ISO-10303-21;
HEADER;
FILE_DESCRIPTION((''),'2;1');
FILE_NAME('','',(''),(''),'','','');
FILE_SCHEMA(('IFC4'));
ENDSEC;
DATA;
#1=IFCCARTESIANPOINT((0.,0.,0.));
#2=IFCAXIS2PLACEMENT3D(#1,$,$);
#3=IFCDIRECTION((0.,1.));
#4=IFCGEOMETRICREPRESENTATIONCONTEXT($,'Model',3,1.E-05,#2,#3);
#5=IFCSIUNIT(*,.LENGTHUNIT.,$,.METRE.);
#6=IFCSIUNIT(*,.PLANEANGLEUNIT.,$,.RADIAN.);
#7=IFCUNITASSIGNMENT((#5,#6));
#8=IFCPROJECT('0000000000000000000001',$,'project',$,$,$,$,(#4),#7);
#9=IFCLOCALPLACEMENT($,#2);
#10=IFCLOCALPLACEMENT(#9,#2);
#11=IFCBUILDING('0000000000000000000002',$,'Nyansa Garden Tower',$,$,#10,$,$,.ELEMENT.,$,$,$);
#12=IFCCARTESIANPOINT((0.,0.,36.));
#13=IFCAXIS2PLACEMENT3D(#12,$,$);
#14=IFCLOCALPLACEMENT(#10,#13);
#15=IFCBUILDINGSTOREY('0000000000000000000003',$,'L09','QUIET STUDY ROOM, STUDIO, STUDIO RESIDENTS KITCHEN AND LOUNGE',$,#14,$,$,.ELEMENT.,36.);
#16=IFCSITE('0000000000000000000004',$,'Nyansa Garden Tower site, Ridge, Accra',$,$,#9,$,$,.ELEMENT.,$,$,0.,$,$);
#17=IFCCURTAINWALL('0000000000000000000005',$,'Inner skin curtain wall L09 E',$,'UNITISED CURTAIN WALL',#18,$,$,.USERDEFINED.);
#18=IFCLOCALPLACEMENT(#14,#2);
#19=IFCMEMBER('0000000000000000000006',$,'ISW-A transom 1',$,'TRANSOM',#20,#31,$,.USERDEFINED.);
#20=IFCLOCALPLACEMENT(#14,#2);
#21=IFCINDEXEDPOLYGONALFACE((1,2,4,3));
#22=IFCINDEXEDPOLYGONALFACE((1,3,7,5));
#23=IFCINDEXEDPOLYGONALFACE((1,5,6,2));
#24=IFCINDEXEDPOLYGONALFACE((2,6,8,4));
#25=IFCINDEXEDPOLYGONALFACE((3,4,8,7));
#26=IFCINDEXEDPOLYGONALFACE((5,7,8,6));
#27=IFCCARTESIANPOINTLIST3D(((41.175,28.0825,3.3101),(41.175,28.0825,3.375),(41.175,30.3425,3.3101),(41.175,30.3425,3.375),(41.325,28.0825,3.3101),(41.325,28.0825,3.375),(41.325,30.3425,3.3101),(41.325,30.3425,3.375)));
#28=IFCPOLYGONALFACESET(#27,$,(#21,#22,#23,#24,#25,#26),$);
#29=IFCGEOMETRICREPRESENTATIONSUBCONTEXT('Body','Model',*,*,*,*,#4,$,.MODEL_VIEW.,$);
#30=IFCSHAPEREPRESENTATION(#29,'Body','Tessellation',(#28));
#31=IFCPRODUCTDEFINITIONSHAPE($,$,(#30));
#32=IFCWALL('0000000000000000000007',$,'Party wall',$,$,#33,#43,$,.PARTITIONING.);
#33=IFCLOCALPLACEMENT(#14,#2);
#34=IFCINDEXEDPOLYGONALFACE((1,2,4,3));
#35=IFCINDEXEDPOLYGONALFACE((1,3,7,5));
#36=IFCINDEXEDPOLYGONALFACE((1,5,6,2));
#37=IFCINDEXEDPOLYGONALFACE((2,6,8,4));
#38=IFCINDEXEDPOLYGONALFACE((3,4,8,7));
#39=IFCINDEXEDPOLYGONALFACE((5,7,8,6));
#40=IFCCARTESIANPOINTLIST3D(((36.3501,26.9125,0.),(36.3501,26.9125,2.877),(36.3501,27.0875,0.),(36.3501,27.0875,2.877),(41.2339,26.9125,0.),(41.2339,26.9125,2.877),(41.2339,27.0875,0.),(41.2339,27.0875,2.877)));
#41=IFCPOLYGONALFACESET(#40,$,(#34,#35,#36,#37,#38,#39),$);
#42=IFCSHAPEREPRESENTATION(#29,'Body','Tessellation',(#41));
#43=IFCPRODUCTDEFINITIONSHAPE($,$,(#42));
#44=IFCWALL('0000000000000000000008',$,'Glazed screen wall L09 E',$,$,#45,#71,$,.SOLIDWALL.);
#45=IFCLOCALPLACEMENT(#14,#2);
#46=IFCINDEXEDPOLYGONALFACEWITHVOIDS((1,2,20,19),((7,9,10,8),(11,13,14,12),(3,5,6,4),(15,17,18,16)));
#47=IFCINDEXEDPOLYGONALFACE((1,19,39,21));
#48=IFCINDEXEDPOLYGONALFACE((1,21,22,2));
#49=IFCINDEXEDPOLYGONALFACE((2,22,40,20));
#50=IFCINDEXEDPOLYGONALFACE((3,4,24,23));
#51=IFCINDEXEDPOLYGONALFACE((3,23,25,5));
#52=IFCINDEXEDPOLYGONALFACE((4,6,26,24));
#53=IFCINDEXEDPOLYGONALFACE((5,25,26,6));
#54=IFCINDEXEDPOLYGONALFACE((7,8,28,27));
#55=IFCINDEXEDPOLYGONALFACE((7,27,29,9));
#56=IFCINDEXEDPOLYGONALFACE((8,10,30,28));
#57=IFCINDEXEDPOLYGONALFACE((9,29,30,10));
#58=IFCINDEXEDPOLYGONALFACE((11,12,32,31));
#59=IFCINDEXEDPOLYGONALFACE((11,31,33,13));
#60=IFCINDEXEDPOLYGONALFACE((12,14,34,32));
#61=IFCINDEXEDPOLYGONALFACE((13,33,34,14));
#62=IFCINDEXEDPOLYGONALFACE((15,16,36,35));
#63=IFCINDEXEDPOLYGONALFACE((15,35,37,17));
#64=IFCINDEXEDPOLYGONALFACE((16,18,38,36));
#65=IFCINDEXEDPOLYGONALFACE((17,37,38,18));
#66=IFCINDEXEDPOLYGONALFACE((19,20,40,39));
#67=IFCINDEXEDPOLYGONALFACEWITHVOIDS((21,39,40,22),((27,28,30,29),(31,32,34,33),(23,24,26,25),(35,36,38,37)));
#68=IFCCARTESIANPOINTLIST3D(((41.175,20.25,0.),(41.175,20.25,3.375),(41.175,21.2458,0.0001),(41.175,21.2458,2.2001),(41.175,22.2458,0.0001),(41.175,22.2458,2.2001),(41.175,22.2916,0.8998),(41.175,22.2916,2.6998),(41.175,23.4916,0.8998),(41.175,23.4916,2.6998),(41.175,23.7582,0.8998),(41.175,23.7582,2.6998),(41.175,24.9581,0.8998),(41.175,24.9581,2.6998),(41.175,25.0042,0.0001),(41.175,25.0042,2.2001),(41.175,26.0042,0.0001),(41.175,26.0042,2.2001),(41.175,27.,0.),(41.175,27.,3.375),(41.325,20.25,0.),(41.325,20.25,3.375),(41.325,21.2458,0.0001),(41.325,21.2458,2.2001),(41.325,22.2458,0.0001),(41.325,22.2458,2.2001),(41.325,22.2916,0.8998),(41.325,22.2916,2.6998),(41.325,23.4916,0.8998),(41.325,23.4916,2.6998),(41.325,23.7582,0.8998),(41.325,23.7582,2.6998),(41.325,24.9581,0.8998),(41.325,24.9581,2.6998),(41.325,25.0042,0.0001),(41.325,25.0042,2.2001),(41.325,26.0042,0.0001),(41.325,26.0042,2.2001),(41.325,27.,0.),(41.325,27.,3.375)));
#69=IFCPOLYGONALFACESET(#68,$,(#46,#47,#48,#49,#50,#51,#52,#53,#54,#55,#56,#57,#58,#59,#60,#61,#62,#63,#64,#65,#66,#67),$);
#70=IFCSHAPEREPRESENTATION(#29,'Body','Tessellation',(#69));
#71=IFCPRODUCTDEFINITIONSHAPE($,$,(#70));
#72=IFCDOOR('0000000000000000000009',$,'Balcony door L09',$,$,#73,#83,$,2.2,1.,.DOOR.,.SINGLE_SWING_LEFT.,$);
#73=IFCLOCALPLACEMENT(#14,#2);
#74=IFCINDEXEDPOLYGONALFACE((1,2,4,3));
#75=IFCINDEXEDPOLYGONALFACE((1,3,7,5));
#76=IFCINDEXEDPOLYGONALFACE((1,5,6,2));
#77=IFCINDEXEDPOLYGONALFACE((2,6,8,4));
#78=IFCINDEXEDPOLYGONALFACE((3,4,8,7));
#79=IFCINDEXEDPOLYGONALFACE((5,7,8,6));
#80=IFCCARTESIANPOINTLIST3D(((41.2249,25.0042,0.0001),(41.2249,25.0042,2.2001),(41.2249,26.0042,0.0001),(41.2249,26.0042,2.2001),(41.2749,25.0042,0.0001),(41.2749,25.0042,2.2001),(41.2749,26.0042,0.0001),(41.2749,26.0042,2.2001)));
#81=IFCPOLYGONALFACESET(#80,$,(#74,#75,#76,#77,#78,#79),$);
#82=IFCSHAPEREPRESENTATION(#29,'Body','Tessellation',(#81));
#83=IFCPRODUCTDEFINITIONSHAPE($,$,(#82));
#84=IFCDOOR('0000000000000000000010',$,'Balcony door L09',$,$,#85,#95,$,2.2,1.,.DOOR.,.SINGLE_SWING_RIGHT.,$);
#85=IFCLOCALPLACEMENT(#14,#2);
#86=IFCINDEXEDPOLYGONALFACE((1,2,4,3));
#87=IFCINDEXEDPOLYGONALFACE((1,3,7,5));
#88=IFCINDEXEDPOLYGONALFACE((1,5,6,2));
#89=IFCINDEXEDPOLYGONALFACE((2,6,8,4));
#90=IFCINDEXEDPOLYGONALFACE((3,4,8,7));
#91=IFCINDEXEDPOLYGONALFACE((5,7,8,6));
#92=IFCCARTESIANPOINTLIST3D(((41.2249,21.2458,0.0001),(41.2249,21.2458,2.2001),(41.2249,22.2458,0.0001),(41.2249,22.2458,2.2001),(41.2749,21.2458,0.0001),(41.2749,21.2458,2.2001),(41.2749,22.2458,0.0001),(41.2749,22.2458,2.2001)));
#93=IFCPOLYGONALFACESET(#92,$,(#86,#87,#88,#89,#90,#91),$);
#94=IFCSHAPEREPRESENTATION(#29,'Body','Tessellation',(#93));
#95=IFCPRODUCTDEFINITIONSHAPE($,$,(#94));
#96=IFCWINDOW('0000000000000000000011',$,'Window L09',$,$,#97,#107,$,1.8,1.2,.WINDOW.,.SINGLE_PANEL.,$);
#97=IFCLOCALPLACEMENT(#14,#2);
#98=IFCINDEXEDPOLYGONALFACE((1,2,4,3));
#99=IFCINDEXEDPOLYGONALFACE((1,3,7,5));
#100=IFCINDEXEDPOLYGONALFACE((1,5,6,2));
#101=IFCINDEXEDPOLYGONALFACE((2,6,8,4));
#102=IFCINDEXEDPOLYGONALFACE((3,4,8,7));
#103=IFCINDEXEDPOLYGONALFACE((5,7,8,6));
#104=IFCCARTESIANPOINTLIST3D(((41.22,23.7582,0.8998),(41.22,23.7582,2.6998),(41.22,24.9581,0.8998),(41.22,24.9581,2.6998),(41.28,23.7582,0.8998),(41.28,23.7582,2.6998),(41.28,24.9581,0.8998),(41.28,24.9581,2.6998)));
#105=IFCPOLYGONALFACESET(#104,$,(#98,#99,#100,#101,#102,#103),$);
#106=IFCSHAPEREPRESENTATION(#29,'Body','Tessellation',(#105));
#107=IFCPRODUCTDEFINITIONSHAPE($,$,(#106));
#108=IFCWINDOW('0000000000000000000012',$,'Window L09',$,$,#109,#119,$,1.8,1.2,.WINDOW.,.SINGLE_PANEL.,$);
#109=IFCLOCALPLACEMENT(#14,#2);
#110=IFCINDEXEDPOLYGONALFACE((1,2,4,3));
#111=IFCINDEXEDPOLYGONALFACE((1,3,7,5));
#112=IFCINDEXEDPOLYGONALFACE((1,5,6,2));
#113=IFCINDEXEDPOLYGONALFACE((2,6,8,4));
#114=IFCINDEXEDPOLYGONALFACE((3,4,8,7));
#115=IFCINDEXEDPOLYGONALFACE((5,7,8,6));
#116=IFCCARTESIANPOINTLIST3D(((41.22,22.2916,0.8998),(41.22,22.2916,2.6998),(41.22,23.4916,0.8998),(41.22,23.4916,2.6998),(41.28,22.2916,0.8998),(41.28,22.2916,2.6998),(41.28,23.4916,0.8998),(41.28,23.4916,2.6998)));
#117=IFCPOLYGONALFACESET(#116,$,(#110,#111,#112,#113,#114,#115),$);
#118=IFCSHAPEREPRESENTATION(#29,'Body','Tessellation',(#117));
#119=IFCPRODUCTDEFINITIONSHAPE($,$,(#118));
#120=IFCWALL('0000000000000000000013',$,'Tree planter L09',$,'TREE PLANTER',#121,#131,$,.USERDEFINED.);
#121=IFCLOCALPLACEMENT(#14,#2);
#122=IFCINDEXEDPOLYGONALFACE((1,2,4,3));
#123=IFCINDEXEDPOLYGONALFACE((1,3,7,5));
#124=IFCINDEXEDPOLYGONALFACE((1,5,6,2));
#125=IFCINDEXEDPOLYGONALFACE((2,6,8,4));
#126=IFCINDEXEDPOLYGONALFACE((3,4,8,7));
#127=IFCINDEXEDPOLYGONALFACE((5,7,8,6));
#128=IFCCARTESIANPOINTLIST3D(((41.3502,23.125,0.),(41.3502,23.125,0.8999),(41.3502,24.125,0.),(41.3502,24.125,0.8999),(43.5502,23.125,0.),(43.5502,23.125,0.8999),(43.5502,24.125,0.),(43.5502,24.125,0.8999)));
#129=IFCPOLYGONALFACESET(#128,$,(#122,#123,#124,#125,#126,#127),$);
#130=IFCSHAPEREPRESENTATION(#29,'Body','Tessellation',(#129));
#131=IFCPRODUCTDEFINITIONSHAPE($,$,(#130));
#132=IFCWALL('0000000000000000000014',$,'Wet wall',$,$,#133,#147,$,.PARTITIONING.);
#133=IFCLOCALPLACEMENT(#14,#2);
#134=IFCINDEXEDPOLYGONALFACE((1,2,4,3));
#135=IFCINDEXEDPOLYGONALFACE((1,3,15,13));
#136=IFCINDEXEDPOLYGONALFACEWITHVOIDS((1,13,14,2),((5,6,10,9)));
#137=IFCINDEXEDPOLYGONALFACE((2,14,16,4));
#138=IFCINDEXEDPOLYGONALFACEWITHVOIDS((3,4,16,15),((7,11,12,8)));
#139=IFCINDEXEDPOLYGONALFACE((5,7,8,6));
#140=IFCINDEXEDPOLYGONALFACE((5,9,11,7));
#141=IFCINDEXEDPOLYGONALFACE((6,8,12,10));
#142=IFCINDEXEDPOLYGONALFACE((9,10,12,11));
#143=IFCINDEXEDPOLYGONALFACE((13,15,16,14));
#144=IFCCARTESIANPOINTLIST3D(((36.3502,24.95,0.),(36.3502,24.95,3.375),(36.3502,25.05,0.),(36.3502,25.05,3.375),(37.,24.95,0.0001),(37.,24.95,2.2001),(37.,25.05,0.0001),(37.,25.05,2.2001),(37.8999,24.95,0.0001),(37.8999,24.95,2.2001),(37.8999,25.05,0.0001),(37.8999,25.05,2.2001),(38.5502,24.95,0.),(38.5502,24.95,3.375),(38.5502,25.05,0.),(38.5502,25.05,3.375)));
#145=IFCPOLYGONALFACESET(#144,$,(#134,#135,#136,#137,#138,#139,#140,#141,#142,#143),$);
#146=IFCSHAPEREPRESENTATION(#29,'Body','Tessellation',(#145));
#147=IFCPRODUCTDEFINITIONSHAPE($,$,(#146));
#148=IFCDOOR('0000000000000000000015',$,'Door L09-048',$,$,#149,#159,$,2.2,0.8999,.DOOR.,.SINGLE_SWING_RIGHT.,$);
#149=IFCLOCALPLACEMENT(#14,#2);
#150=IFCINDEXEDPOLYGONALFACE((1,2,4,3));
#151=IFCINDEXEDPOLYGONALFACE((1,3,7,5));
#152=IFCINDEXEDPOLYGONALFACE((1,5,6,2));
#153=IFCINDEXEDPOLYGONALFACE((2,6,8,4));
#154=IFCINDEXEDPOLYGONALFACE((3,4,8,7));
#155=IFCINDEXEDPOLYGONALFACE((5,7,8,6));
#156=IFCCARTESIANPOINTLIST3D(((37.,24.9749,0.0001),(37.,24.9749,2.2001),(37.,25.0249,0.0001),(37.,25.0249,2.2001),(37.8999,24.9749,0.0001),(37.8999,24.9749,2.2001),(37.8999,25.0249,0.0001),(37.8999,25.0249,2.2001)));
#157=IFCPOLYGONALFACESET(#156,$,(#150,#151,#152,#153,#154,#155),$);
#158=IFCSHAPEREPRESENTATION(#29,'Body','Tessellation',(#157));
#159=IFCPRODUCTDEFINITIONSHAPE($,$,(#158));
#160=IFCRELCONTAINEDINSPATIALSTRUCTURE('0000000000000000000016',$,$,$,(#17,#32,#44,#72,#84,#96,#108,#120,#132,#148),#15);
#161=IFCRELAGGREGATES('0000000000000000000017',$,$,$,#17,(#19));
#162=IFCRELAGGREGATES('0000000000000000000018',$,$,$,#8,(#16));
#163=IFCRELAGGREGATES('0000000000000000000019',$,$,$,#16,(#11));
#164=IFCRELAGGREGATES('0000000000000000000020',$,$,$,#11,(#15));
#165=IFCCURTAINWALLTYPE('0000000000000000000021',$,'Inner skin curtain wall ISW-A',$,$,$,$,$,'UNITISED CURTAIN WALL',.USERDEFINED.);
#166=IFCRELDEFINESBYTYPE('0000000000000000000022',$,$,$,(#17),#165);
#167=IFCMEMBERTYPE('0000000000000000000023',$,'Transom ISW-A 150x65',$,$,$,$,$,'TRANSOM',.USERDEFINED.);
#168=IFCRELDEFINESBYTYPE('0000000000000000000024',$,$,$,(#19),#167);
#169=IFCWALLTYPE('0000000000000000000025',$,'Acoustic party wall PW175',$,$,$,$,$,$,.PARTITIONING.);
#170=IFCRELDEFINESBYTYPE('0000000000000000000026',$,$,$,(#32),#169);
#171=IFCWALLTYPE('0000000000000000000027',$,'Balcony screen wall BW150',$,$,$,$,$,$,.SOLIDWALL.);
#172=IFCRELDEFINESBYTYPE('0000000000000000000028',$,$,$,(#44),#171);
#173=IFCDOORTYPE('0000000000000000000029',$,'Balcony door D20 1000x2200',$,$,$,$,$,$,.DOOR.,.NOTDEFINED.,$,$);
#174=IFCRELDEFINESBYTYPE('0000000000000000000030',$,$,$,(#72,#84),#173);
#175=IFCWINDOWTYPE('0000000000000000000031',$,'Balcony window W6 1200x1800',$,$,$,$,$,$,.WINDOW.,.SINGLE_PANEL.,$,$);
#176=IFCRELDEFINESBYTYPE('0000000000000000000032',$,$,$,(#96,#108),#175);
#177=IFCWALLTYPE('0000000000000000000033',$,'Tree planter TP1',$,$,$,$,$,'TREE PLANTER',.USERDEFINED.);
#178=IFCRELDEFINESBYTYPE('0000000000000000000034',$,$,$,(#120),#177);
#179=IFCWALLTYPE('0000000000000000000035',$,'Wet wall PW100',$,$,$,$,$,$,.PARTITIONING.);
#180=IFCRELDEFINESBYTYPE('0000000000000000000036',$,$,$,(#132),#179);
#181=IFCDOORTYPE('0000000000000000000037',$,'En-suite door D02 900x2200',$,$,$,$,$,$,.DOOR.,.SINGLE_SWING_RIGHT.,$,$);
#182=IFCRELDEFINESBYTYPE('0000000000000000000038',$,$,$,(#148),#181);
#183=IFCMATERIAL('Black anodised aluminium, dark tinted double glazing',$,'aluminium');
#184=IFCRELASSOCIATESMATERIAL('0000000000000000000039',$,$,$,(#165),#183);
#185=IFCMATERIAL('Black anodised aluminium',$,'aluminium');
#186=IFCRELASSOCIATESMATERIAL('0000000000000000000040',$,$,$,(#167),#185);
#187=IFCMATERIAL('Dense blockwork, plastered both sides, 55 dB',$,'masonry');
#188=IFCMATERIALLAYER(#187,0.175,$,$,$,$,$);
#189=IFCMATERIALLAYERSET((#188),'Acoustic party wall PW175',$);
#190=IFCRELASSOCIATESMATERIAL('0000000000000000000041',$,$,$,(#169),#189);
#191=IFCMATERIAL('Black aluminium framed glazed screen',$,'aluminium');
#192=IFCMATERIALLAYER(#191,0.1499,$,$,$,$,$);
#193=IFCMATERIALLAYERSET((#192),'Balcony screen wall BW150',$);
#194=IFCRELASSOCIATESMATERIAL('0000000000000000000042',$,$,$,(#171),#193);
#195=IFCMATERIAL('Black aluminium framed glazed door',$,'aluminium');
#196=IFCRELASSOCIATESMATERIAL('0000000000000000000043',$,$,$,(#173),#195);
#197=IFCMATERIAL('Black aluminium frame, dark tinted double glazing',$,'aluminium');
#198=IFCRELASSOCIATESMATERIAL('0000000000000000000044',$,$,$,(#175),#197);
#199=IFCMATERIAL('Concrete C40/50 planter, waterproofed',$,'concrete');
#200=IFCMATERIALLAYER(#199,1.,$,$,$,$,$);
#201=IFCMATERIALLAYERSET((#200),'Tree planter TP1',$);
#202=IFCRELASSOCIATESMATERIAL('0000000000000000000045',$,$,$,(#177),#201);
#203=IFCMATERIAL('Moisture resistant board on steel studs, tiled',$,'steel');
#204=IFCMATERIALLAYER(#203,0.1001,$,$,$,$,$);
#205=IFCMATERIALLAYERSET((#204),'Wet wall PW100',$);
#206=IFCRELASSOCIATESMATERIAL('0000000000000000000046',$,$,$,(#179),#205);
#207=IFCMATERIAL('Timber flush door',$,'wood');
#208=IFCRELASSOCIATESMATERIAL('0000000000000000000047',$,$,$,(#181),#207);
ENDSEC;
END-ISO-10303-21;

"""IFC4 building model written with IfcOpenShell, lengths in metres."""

from ifc_helpers import new_model, si_unit, direction, frame, frame_2d, origin, origin_2d, place, context, subcontext, project, spatial, rectangle, extrude, material, layer, layer_set, material_profile, profile_set, type_object, element, fill, aggregate, save


model = new_model("IFC4")

# Units and contexts
model_context = context("Model", 3, precision=1e-05, world=origin(), true_north=direction((0.0, 1.0)))
body_context = subcontext(model_context, "Body", "Model", "MODEL_VIEW")
ifc_project = project(units=[si_unit("LENGTHUNIT", "METRE"), si_unit("PLANEANGLEUNIT", "RADIAN")], contexts=[model_context])

# Site, building, storey
site_placement = place(None, origin())
site = spatial("IfcSite", under=ifc_project, at=site_placement, Name="Nyansa Garden Tower site, Ridge, Accra", CompositionType="ELEMENT", RefElevation=0.0)
building_placement = place(site_placement, origin())
building = spatial("IfcBuilding", under=site, at=building_placement, Name="Nyansa Garden Tower", CompositionType="ELEMENT")
storey_placement = place(building_placement, frame((0.0, 0.0, 36.0)))
storey = spatial("IfcBuildingStorey", under=building, at=storey_placement, Name="L09", Description="QUIET STUDY ROOM, STUDIO, STUDIO RESIDENTS KITCHEN AND LOUNGE", CompositionType="ELEMENT", Elevation=36.0)

# Curtain wall
ifc_material_1 = material(Name="Black anodised aluminium, dark tinted double glazing", Category="aluminium")
curtain_wall_type = type_object("IfcCurtainWallType", Name="Inner skin curtain wall ISW-A", ElementType="UNITISED CURTAIN WALL", PredefinedType="USERDEFINED", material=ifc_material_1)
curtain_wall_placement = place(storey_placement, origin())
curtain_wall = element("IfcCurtainWall", 1, at=curtain_wall_placement, inside=storey, type_object=curtain_wall_type, Name="Inner skin curtain wall L09 E", ObjectType="UNITISED CURTAIN WALL", PredefinedType="USERDEFINED")

# Member
ifc_material_2 = material(Name="Black anodised aluminium", Category="aluminium")
ifc_material_profile_1 = material_profile(ifc_material_2, rectangle(XDim=0.1499, YDim=0.0649, at=origin_2d()), Name="Transom 150x65")
ifc_profile_set_1 = profile_set([ifc_material_profile_1], Name="Black anodised aluminium")
member_type_1 = type_object("IfcMemberType", Name="Transom ISW-A 150x65", ElementType="TRANSOM", PredefinedType="USERDEFINED", material=ifc_profile_set_1)
member_1_placement = place(storey_placement, frame((41.25, 28.0825, 3.3425), z_axis=(0.0, 1.0, 0.0), x_axis=(-1.0, 0.0, 0.0)))
member_1 = element("IfcMember", 2, at=member_1_placement, type_object=member_type_1, Name="ISW-A transom 1", ObjectType="TRANSOM", PredefinedType="USERDEFINED", context=body_context, shape_type="SweptSolid", body=[
    extrude(rectangle(XDim=0.1499, YDim=0.0649, at=origin_2d()), origin(), (0.0, 0.0, 1.0), 2.26),
])
aggregate(curtain_wall, [member_1])

# Wall
ifc_material_3 = material(Name="Dense blockwork, plastered both sides, 55 dB", Category="masonry")
ifc_layer_1 = layer(ifc_material_3, 0.175)
ifc_layer_set_1 = layer_set([ifc_layer_1], Name="Acoustic party wall PW175")
wall_type_1 = type_object("IfcWallType", Name="Acoustic party wall PW175", PredefinedType="PARTITIONING", material=ifc_layer_set_1)
wall_1_placement = place(storey_placement, frame((36.3501, 27.0, 0.0), z_axis=(0.0, 0.0, 1.0), x_axis=(1.0, 0.0, 0.0)))
element("IfcWall", 3, at=wall_1_placement, inside=storey, type_object=wall_type_1, Name="Party wall", PredefinedType="PARTITIONING", context=body_context, shape_type="SweptSolid", body=[
    extrude(rectangle(XDim=4.8838, YDim=0.175, at=frame_2d((2.4419, 0.0))), origin(), (0.0, 0.0, 1.0), 2.877),
])

# Wall, openings, doors, windows
ifc_material_4 = material(Name="Black aluminium framed glazed screen", Category="aluminium")
ifc_layer_2 = layer(ifc_material_4, 0.1499)
ifc_layer_set_2 = layer_set([ifc_layer_2], Name="Balcony screen wall BW150")
wall_type_2 = type_object("IfcWallType", Name="Balcony screen wall BW150", PredefinedType="SOLIDWALL", material=ifc_layer_set_2)
wall_2_placement = place(storey_placement, frame((41.25, 27.0, 0.0), z_axis=(0.0, 0.0, 1.0), x_axis=(0.0, -1.0, 0.0)))
wall_2 = element("IfcWall", 4, at=wall_2_placement, inside=storey, type_object=wall_type_2, Name="Glazed screen wall L09 E", PredefinedType="SOLIDWALL", context=body_context, shape_type="SweptSolid", body=[
    extrude(rectangle(XDim=6.75, YDim=0.1499, at=frame_2d((3.375, 0.0))), origin(), (0.0, 0.0, 1.0), 3.375),
])
opening_1_placement = place(wall_2_placement, frame((0.9958, 0.0, 0.0)))
opening_1 = element("IfcOpeningElement", 5, at=opening_1_placement, cuts=wall_2, PredefinedType="OPENING", context=body_context, shape_type="SweptSolid", body=[
    extrude(rectangle(XDim=1.0, YDim=2.2, at=frame_2d((0.5, 1.1001))), frame((0.0, 0.085, 0.0), z_axis=(0.0, -1.0, 0.0), x_axis=(1.0, 0.0, 0.0)), (0.0, 0.0, 1.0), 0.1699),
])
opening_2_placement = place(wall_2_placement, frame((2.0417, 0.0, 0.8999)))
opening_2 = element("IfcOpeningElement", 6, at=opening_2_placement, cuts=wall_2, PredefinedType="OPENING", context=body_context, shape_type="SweptSolid", body=[
    extrude(rectangle(XDim=1.2, YDim=1.8, at=frame_2d((0.6001, 0.8999))), frame((0.0, 0.085, 0.0), z_axis=(0.0, -1.0, 0.0), x_axis=(1.0, 0.0, 0.0)), (0.0, 0.0, 1.0), 0.1699),
])
opening_3_placement = place(wall_2_placement, frame((4.7542, 0.0, 0.0)))
opening_3 = element("IfcOpeningElement", 7, at=opening_3_placement, cuts=wall_2, PredefinedType="OPENING", context=body_context, shape_type="SweptSolid", body=[
    extrude(rectangle(XDim=1.0, YDim=2.2, at=frame_2d((0.5, 1.1001))), frame((0.0, 0.085, 0.0), z_axis=(0.0, -1.0, 0.0), x_axis=(1.0, 0.0, 0.0)), (0.0, 0.0, 1.0), 0.1699),
])
opening_4_placement = place(wall_2_placement, frame((3.5083, 0.0, 0.8999)))
opening_4 = element("IfcOpeningElement", 8, at=opening_4_placement, cuts=wall_2, PredefinedType="OPENING", context=body_context, shape_type="SweptSolid", body=[
    extrude(rectangle(XDim=1.2, YDim=1.8, at=frame_2d((0.6001, 0.8999))), frame((0.0, 0.085, 0.0), z_axis=(0.0, -1.0, 0.0), x_axis=(1.0, 0.0, 0.0)), (0.0, 0.0, 1.0), 0.1699),
])
ifc_material_5 = material(Name="Black aluminium framed glazed door", Category="aluminium")
door_type_1 = type_object("IfcDoorType", Name="Balcony door D20 1000x2200", OperationType="NOTDEFINED", PredefinedType="DOOR", material=ifc_material_5)
door_1_placement = place(opening_1_placement, origin())
door_1 = element("IfcDoor", 9, at=door_1_placement, inside=storey, type_object=door_type_1, Name="Balcony door L09", OperationType="SINGLE_SWING_LEFT", OverallHeight=2.2, OverallWidth=1.0, PredefinedType="DOOR", context=body_context, shape_type="SweptSolid", body=[
    extrude(rectangle(XDim=1.0, YDim=2.2, at=frame_2d((0.5, 1.1001))), frame((0.0, 0.0249, 0.0), z_axis=(0.0, -1.0, 0.0), x_axis=(1.0, 0.0, 0.0)), (0.0, 0.0, 1.0), 0.05),
])
fill(opening_1, door_1)
door_2_placement = place(opening_3_placement, origin())
door_2 = element("IfcDoor", 10, at=door_2_placement, inside=storey, type_object=door_type_1, Name="Balcony door L09", OperationType="SINGLE_SWING_RIGHT", OverallHeight=2.2, OverallWidth=1.0, PredefinedType="DOOR", context=body_context, shape_type="SweptSolid", body=[
    extrude(rectangle(XDim=1.0, YDim=2.2, at=frame_2d((0.5, 1.1001))), frame((0.0, 0.0249, 0.0), z_axis=(0.0, -1.0, 0.0), x_axis=(1.0, 0.0, 0.0)), (0.0, 0.0, 1.0), 0.05),
])
fill(opening_3, door_2)
ifc_material_6 = material(Name="Black aluminium frame, dark tinted double glazing", Category="aluminium")
window_type = type_object("IfcWindowType", Name="Balcony window W6 1200x1800", PartitioningType="SINGLE_PANEL", PredefinedType="WINDOW", material=ifc_material_6)
window_1_placement = place(opening_2_placement, origin())
window_1 = element("IfcWindow", 11, at=window_1_placement, inside=storey, type_object=window_type, Name="Window L09", OverallHeight=1.8, OverallWidth=1.2, PartitioningType="SINGLE_PANEL", PredefinedType="WINDOW", context=body_context, shape_type="SweptSolid", body=[
    extrude(rectangle(XDim=1.2, YDim=1.8, at=frame_2d((0.6001, 0.8999))), frame((0.0, 0.03, 0.0), z_axis=(0.0, -1.0, 0.0), x_axis=(1.0, 0.0, 0.0)), (0.0, 0.0, 1.0), 0.0601),
])
fill(opening_2, window_1)
window_2_placement = place(opening_4_placement, origin())
window_2 = element("IfcWindow", 12, at=window_2_placement, inside=storey, type_object=window_type, Name="Window L09", OverallHeight=1.8, OverallWidth=1.2, PartitioningType="SINGLE_PANEL", PredefinedType="WINDOW", context=body_context, shape_type="SweptSolid", body=[
    extrude(rectangle(XDim=1.2, YDim=1.8, at=frame_2d((0.6001, 0.8999))), frame((0.0, 0.03, 0.0), z_axis=(0.0, -1.0, 0.0), x_axis=(1.0, 0.0, 0.0)), (0.0, 0.0, 1.0), 0.0601),
])
fill(opening_4, window_2)

# Wall
ifc_material_7 = material(Name="Concrete C40/50 planter, waterproofed", Category="concrete")
ifc_layer_3 = layer(ifc_material_7, 1.0)
ifc_layer_set_3 = layer_set([ifc_layer_3], Name="Tree planter TP1")
wall_type_3 = type_object("IfcWallType", Name="Tree planter TP1", ElementType="TREE PLANTER", PredefinedType="USERDEFINED", material=ifc_layer_set_3)
wall_3_placement = place(storey_placement, frame((41.3501, 23.625, 0.0), z_axis=(0.0, 0.0, 1.0), x_axis=(1.0, 0.0, 0.0)))
element("IfcWall", 13, at=wall_3_placement, inside=storey, type_object=wall_type_3, Name="Tree planter L09", ObjectType="TREE PLANTER", PredefinedType="USERDEFINED", context=body_context, shape_type="SweptSolid", body=[
    extrude(rectangle(XDim=2.2, YDim=1.0, at=frame_2d((1.1001, 0.0))), origin(), (0.0, 0.0, 1.0), 0.8999),
])

# Wall, opening, door
ifc_material_8 = material(Name="Moisture resistant board on steel studs, tiled", Category="steel")
ifc_layer_4 = layer(ifc_material_8, 0.1001)
ifc_layer_set_4 = layer_set([ifc_layer_4], Name="Wet wall PW100")
wall_type_4 = type_object("IfcWallType", Name="Wet wall PW100", PredefinedType="PARTITIONING", material=ifc_layer_set_4)
wall_4_placement = place(storey_placement, frame((36.3501, 25.0, 0.0), z_axis=(0.0, 0.0, 1.0), x_axis=(1.0, 0.0, 0.0)))
wall_4 = element("IfcWall", 14, at=wall_4_placement, inside=storey, type_object=wall_type_4, Name="Wet wall", PredefinedType="PARTITIONING", context=body_context, shape_type="SweptSolid", body=[
    extrude(rectangle(XDim=2.2, YDim=0.1001, at=frame_2d((1.1001, 0.0))), origin(), (0.0, 0.0, 1.0), 3.375),
])
opening_5_placement = place(wall_4_placement, frame((0.6499, 0.0, 0.0)))
opening_5 = element("IfcOpeningElement", 15, at=opening_5_placement, cuts=wall_4, PredefinedType="OPENING", context=body_context, shape_type="SweptSolid", body=[
    extrude(rectangle(XDim=0.8999, YDim=2.2, at=frame_2d((0.45, 1.1001))), frame((0.0, 0.0601, 0.0), z_axis=(0.0, -1.0, 0.0), x_axis=(1.0, 0.0, 0.0)), (0.0, 0.0, 1.0), 0.1201),
])
ifc_material_9 = material(Name="Timber flush door", Category="wood")
door_type_2 = type_object("IfcDoorType", Name="En-suite door D02 900x2200", OperationType="SINGLE_SWING_RIGHT", PredefinedType="DOOR", material=ifc_material_9)
door_3_placement = place(opening_5_placement, origin())
door_3 = element("IfcDoor", 16, at=door_3_placement, inside=storey, type_object=door_type_2, Name="Door L09-048", OperationType="SINGLE_SWING_RIGHT", OverallHeight=2.2, OverallWidth=0.8999, PredefinedType="DOOR", context=body_context, shape_type="SweptSolid", body=[
    extrude(rectangle(XDim=0.8999, YDim=2.2, at=frame_2d((0.45, 1.1001))), frame((0.0, 0.0249, 0.0), z_axis=(0.0, -1.0, 0.0), x_axis=(1.0, 0.0, 0.0)), (0.0, 0.0, 1.0), 0.05),
])
fill(opening_5, door_3)

save(model, "model.ifc")
